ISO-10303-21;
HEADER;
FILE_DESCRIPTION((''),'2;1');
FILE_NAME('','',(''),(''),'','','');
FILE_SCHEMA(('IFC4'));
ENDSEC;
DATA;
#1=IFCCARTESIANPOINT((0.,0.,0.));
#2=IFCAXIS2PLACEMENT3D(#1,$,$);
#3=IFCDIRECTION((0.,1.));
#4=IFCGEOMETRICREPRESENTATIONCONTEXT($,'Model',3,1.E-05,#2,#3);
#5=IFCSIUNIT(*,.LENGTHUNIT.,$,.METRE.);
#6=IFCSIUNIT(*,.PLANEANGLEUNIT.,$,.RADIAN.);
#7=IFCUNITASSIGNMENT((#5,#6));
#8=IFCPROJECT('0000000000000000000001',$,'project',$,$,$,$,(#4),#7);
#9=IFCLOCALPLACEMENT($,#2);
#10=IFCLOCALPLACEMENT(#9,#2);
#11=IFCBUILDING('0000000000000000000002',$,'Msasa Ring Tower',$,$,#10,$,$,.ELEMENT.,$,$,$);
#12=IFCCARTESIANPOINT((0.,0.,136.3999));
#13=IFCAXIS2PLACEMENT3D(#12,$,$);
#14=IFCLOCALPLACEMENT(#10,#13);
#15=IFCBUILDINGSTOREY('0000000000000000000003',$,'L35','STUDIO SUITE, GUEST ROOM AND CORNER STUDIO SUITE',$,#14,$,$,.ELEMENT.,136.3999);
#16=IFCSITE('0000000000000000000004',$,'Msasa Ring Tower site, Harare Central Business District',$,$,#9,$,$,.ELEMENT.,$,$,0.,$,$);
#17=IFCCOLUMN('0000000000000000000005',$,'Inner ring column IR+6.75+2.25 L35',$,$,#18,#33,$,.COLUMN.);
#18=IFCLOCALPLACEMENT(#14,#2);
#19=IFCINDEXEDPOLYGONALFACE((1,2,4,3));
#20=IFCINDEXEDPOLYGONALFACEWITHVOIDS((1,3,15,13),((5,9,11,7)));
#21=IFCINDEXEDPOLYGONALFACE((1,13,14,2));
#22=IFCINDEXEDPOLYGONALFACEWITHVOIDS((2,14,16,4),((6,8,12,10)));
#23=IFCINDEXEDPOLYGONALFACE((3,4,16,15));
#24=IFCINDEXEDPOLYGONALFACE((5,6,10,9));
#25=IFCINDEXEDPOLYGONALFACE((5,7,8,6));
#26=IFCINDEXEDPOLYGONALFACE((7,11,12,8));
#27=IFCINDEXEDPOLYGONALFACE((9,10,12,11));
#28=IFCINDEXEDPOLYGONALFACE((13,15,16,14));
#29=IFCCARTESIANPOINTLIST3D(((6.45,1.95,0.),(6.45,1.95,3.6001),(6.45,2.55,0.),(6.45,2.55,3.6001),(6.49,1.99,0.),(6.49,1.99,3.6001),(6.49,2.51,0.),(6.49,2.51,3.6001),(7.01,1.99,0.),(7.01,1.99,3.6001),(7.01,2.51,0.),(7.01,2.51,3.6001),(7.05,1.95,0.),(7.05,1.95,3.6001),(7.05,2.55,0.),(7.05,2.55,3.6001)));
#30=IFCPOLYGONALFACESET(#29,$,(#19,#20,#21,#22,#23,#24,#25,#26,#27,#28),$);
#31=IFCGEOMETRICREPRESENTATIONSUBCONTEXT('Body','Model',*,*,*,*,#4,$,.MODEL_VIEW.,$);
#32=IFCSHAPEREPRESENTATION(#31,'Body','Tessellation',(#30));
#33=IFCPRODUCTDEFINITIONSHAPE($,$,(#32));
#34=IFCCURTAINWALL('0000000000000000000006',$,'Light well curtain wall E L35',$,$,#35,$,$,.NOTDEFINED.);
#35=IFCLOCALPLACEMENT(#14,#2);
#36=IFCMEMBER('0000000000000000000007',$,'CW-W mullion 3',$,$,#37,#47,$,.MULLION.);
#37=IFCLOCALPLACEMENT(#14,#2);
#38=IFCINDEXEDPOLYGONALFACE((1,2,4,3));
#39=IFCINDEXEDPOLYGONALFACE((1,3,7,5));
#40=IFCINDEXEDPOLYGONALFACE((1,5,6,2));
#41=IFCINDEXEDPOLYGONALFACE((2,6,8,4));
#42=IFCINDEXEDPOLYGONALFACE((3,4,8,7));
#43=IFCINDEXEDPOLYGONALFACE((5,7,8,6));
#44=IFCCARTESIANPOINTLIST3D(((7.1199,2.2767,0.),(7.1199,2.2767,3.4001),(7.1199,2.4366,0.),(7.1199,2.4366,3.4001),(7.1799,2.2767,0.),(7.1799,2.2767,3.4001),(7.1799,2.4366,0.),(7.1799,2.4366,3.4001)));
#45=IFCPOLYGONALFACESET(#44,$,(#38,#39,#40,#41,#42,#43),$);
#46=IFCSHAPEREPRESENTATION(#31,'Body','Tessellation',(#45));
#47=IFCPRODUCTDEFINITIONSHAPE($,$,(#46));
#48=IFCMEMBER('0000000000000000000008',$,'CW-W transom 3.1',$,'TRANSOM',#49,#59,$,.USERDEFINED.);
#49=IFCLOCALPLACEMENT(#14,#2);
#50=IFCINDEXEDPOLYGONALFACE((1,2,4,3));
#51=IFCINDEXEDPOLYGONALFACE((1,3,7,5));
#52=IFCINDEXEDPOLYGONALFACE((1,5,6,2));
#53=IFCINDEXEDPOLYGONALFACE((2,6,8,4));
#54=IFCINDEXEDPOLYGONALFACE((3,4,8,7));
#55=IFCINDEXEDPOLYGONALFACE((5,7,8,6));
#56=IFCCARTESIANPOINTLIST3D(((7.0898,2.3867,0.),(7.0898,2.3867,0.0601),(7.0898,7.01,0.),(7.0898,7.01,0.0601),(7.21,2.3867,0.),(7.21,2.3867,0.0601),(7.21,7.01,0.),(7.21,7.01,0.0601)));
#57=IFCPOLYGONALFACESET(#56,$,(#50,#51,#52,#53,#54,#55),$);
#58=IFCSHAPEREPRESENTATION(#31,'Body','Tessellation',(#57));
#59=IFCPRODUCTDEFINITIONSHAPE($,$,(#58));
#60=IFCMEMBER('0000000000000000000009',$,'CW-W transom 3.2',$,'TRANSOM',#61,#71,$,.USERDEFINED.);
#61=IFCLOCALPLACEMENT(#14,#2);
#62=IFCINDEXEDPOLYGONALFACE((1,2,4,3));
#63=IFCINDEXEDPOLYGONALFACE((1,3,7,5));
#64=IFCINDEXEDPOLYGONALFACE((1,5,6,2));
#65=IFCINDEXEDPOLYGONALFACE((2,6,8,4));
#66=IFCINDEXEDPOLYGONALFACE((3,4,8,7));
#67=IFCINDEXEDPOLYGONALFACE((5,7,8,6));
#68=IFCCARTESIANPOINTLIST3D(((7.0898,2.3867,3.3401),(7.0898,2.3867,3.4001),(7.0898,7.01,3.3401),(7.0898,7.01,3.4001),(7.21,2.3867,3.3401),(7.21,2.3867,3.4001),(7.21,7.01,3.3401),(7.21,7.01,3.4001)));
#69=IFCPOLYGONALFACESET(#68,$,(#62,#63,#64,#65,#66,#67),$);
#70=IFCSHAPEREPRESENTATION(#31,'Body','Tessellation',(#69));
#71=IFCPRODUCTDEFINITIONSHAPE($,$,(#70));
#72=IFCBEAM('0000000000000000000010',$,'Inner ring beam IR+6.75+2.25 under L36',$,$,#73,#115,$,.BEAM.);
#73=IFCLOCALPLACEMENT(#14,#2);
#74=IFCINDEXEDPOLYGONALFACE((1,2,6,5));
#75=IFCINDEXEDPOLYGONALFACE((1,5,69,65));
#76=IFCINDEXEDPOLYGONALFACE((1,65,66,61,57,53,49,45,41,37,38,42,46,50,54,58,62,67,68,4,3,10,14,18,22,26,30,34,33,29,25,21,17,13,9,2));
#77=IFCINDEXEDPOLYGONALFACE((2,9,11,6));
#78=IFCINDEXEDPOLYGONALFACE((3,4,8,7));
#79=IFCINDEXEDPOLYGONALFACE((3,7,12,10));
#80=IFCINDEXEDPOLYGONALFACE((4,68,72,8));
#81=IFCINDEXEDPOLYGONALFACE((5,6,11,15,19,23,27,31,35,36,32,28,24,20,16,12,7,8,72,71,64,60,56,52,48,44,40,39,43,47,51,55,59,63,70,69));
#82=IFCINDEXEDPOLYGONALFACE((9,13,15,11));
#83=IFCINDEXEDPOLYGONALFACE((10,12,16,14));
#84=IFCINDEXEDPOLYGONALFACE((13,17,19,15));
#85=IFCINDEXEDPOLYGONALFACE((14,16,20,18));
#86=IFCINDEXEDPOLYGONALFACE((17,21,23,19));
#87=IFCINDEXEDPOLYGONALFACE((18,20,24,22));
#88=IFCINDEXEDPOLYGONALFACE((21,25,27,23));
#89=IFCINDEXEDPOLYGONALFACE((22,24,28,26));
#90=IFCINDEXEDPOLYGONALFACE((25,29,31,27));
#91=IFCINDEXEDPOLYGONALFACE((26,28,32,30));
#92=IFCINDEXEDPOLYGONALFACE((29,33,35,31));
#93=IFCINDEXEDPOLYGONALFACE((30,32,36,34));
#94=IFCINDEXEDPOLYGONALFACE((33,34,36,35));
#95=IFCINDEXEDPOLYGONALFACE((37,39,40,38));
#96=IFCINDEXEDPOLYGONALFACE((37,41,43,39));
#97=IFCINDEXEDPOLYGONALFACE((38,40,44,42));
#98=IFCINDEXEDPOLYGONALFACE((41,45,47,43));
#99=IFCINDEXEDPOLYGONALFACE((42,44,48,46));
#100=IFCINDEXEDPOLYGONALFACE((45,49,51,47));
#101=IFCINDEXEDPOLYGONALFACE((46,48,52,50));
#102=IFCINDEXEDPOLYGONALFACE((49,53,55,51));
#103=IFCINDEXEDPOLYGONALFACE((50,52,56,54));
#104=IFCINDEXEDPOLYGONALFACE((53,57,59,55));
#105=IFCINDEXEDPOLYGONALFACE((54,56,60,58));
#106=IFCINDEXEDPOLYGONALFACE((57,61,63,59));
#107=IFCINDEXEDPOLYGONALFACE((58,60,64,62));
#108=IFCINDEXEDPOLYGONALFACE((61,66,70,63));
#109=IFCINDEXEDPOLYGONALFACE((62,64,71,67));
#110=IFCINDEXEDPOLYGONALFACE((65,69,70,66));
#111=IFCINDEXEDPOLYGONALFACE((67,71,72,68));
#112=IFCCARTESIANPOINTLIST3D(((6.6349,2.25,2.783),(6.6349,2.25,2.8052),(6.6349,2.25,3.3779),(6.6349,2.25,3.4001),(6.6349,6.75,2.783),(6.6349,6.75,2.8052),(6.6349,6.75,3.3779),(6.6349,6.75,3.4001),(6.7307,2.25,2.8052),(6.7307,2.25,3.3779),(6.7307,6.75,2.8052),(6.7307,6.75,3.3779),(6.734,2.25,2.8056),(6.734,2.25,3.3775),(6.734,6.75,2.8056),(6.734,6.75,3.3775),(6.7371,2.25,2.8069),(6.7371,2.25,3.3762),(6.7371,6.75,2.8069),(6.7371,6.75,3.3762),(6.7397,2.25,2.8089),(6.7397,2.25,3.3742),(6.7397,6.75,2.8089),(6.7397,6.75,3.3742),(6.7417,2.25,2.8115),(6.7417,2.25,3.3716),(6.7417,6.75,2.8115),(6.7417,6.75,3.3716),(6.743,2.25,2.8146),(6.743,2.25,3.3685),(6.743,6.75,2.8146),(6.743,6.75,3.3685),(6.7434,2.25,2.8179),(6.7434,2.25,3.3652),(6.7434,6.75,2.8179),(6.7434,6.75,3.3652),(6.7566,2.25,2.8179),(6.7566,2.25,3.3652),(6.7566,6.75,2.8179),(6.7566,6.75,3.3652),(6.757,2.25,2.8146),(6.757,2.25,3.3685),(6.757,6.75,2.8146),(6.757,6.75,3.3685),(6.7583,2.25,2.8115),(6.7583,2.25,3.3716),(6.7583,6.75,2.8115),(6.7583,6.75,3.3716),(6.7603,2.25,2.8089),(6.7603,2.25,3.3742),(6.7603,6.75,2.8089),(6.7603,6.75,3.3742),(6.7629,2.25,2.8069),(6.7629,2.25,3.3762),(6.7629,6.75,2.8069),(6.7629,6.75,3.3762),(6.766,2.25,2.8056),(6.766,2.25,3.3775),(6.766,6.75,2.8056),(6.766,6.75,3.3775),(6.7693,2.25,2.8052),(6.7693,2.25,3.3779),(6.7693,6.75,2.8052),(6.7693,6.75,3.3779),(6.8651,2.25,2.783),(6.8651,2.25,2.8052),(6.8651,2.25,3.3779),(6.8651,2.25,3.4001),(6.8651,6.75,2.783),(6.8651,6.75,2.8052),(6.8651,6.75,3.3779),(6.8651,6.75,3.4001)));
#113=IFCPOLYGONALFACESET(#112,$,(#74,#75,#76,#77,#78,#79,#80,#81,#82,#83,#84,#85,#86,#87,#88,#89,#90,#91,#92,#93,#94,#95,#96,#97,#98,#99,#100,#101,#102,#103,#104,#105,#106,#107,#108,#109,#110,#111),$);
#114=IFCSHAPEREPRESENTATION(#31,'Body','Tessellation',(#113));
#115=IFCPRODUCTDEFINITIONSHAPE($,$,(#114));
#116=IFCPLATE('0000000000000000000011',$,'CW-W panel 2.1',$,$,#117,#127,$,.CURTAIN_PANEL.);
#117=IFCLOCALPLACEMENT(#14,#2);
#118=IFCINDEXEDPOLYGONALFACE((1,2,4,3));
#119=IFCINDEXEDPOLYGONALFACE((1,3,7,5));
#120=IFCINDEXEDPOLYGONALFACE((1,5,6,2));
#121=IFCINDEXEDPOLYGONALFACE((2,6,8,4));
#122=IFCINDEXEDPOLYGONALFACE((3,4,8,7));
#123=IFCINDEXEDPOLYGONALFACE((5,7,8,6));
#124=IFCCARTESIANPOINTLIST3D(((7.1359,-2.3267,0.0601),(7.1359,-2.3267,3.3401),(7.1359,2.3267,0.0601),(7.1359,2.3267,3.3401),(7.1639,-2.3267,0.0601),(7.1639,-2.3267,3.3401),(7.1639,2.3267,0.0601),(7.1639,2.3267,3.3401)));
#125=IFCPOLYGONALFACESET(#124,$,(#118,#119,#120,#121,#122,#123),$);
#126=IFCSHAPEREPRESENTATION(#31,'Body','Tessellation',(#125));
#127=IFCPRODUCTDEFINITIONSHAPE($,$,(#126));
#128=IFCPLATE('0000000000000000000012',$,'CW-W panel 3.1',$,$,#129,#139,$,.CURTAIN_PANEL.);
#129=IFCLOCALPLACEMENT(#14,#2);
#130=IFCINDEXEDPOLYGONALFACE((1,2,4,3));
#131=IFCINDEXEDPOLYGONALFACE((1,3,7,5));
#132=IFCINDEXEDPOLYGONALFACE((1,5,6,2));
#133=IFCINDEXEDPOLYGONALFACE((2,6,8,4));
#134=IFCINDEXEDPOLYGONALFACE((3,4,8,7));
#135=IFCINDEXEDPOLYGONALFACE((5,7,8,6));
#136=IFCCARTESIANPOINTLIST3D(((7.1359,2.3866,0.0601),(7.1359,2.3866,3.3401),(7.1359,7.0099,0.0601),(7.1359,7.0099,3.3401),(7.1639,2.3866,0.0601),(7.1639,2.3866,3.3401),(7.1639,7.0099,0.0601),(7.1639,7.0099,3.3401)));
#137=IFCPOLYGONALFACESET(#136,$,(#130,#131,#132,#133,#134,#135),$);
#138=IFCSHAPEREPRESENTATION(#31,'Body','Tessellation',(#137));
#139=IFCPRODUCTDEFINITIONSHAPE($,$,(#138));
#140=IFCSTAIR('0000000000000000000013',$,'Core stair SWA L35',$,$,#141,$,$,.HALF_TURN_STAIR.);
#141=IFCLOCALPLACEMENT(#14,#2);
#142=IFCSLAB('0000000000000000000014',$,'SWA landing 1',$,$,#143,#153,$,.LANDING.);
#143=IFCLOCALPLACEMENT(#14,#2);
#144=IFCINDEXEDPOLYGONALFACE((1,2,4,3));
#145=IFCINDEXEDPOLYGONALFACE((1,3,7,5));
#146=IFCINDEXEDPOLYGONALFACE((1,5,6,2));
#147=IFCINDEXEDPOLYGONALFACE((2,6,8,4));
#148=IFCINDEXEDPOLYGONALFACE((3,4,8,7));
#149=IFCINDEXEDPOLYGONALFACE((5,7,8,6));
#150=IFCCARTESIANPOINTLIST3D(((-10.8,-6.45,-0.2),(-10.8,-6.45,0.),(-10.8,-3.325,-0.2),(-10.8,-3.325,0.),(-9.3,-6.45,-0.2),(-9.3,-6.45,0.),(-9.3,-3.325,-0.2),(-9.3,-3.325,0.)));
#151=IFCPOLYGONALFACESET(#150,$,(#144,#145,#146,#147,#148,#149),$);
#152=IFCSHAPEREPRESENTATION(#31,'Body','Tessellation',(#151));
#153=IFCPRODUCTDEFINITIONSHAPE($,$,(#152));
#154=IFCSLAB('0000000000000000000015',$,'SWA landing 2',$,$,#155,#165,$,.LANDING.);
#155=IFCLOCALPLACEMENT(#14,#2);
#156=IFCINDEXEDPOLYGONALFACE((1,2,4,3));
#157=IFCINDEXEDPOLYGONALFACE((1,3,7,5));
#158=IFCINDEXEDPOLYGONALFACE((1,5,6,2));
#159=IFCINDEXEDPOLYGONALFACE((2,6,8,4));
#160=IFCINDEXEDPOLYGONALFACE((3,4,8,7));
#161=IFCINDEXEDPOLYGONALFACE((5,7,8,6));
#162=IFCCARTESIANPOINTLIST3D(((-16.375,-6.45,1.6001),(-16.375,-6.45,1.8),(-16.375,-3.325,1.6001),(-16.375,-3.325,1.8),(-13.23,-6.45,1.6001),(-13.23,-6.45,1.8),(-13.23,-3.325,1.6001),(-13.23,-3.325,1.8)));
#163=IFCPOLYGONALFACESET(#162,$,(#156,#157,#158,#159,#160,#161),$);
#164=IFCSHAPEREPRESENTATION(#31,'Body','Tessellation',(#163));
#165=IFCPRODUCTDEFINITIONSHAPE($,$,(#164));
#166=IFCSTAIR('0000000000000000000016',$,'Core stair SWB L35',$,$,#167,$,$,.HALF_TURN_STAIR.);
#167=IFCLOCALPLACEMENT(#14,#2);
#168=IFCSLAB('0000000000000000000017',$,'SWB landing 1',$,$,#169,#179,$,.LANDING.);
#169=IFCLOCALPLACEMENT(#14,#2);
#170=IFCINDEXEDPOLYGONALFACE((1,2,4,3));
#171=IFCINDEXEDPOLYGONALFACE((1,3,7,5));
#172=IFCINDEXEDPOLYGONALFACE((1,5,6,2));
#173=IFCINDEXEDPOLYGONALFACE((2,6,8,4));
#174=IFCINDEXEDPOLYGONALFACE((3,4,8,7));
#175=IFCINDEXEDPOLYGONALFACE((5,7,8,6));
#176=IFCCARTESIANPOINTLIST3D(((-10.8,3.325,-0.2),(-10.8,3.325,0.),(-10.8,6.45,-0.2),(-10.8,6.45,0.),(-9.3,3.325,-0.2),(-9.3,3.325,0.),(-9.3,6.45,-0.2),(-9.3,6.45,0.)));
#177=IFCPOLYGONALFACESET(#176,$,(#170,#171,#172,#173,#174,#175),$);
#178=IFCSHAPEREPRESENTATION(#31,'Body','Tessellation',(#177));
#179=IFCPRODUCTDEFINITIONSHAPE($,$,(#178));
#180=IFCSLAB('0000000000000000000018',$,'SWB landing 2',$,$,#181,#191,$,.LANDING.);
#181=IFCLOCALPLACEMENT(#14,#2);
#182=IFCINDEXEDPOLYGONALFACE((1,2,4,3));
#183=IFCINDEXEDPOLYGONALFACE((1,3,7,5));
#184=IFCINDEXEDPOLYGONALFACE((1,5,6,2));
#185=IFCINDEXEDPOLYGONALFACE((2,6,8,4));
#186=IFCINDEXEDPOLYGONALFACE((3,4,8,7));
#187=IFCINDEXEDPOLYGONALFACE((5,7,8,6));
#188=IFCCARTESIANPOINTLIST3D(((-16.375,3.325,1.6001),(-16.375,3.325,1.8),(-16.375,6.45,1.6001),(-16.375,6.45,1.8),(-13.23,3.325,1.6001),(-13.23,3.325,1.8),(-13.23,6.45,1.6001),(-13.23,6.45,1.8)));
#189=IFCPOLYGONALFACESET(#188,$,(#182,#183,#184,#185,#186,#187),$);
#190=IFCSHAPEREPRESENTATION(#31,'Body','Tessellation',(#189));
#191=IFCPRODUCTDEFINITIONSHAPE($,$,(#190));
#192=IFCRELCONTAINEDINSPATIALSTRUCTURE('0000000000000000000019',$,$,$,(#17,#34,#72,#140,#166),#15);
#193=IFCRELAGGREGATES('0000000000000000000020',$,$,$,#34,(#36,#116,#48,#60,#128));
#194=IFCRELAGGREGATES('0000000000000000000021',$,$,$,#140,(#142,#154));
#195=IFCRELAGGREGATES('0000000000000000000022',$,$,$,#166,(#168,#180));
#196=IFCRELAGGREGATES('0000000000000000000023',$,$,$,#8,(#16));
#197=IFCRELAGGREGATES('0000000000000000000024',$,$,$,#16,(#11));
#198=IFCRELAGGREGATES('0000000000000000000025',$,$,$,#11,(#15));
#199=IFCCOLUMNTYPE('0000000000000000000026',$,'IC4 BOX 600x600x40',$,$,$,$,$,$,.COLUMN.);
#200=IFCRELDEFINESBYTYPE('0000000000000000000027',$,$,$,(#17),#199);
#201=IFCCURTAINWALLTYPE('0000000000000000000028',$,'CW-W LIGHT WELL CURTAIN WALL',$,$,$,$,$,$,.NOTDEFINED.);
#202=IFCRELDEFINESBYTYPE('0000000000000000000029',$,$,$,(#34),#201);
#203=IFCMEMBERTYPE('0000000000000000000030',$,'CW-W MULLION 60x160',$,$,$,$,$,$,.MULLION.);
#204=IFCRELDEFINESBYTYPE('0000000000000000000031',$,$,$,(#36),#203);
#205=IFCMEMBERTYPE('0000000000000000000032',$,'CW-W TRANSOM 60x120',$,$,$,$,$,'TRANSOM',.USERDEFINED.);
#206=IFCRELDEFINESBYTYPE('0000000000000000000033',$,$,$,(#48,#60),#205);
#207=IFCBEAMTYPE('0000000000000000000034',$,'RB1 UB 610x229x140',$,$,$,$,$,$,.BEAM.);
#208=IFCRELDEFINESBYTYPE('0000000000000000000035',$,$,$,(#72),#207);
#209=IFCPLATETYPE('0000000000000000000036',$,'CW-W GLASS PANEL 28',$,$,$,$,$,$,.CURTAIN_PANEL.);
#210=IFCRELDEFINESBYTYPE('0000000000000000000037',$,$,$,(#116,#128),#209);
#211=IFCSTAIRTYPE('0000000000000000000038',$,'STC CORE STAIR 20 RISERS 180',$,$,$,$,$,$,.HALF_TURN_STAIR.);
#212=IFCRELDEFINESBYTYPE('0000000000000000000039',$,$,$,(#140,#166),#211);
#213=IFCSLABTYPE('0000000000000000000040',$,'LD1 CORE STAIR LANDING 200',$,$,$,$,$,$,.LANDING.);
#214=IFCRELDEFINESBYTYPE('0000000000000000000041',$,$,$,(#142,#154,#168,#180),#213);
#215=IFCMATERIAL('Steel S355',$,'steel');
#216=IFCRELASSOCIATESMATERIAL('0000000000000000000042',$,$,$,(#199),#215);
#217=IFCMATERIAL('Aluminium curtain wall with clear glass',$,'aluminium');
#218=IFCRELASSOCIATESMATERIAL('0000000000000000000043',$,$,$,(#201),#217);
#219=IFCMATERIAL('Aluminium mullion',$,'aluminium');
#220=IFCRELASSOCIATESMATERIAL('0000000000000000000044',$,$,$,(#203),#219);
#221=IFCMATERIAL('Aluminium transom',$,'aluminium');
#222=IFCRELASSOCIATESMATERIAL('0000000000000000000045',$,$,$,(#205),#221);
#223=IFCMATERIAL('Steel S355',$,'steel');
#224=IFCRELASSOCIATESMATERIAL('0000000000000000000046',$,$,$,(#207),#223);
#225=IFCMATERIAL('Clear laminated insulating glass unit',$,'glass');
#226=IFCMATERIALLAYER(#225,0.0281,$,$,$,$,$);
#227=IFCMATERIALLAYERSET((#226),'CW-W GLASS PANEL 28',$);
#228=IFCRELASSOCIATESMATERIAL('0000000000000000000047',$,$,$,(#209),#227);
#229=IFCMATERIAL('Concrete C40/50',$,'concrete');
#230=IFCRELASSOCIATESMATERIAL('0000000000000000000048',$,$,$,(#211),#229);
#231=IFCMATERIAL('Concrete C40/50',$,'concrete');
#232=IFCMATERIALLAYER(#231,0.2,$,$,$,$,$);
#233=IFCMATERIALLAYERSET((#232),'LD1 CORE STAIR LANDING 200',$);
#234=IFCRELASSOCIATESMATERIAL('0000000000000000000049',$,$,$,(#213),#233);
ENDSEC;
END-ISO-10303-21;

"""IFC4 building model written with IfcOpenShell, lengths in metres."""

from ifc_helpers import new_model, si_unit, direction, frame, origin, origin_2d, place, context, subcontext, project, spatial, polyline, rectangle, hollow_rectangle, i_section, outline, extrude, material, layer, layer_set, material_profile, profile_set, type_object, element, aggregate, save


model = new_model("IFC4")

# Units and contexts
model_context = context("Model", 3, precision=1e-05, world=origin(), true_north=direction((0.0, 1.0)))
body_context = subcontext(model_context, "Body", "Model", "MODEL_VIEW")
ifc_project = project(units=[si_unit("LENGTHUNIT", "METRE"), si_unit("PLANEANGLEUNIT", "RADIAN")], contexts=[model_context])

# Site, building, storey
site_placement = place(None, origin())
site = spatial("IfcSite", under=ifc_project, at=site_placement, Name="Msasa Ring Tower site, Harare Central Business District", CompositionType="ELEMENT", RefElevation=0.0)
building_placement = place(site_placement, origin())
building = spatial("IfcBuilding", under=site, at=building_placement, Name="Msasa Ring Tower", CompositionType="ELEMENT")
storey_placement = place(building_placement, frame((0.0, 0.0, 136.3999)))
storey = spatial("IfcBuildingStorey", under=building, at=storey_placement, Name="L35", Description="STUDIO SUITE, GUEST ROOM AND CORNER STUDIO SUITE", CompositionType="ELEMENT", Elevation=136.3999)

# Column
ifc_material_1 = material(Name="Steel S355", Category="steel")
ifc_material_profile_1 = material_profile(ifc_material_1, hollow_rectangle(XDim=0.6001, YDim=0.6001, WallThickness=0.04, at=origin_2d()), Name="BOX 600x600x40")
ifc_profile_set_1 = profile_set([ifc_material_profile_1], Name="Steel S355")
column_type = type_object("IfcColumnType", Name="IC4 BOX 600x600x40", PredefinedType="COLUMN", material=ifc_profile_set_1)
column_placement = place(storey_placement, frame((6.75, 2.25, 0.0), z_axis=(0.0, 0.0, 1.0), x_axis=(1.0, 0.0, 0.0)))
element("IfcColumn", 1, at=column_placement, inside=storey, type_object=column_type, Name="Inner ring column IR+6.75+2.25 L35", PredefinedType="COLUMN", context=body_context, shape_type="SweptSolid", body=[
    extrude(hollow_rectangle(XDim=0.6001, YDim=0.6001, WallThickness=0.04, at=origin_2d()), origin(), (0.0, 0.0, 1.0), 3.6001),
])

# Curtain wall, members
ifc_material_2 = material(Name="Aluminium curtain wall with clear glass", Category="aluminium")
curtain_wall_type = type_object("IfcCurtainWallType", Name="CW-W LIGHT WELL CURTAIN WALL", PredefinedType="NOTDEFINED", material=ifc_material_2)
curtain_wall_placement = place(storey_placement, origin())
curtain_wall = element("IfcCurtainWall", 2, at=curtain_wall_placement, inside=storey, type_object=curtain_wall_type, Name="Light well curtain wall E L35", PredefinedType="NOTDEFINED")
ifc_material_3 = material(Name="Aluminium mullion", Category="aluminium")
ifc_material_profile_2 = material_profile(ifc_material_3, rectangle(XDim=0.0601, YDim=0.1599, at=origin_2d()), Name="AL 60x160")
ifc_profile_set_2 = profile_set([ifc_material_profile_2], Name="Aluminium mullion")
member_type_1 = type_object("IfcMemberType", Name="CW-W MULLION 60x160", PredefinedType="MULLION", material=ifc_profile_set_2)
member_1_placement = place(storey_placement, frame((7.1499, 2.3567, 0.0), z_axis=(0.0, 0.0, 1.0), x_axis=(-1.0, 0.0, 0.0)))
member_1 = element("IfcMember", 3, at=member_1_placement, type_object=member_type_1, Name="CW-W mullion 3", PredefinedType="MULLION", context=body_context, shape_type="SweptSolid", body=[
    extrude(rectangle(XDim=0.0601, YDim=0.1599, at=origin_2d()), origin(), (0.0, 0.0, 1.0), 3.4001),
])
ifc_material_4 = material(Name="Aluminium transom", Category="aluminium")
ifc_material_profile_3 = material_profile(ifc_material_4, rectangle(XDim=0.1201, YDim=0.0601, at=origin_2d()), Name="AL 60x120")
ifc_profile_set_3 = profile_set([ifc_material_profile_3], Name="Aluminium transom")
member_type_2 = type_object("IfcMemberType", Name="CW-W TRANSOM 60x120", ElementType="TRANSOM", PredefinedType="USERDEFINED", material=ifc_profile_set_3)
member_2_placement = place(storey_placement, frame((7.1499, 2.3867, 0.03), z_axis=(0.0, 1.0, 0.0), x_axis=(-1.0, 0.0, 0.0)))
member_2 = element("IfcMember", 4, at=member_2_placement, type_object=member_type_2, Name="CW-W transom 3.1", ObjectType="TRANSOM", PredefinedType="USERDEFINED", context=body_context, shape_type="SweptSolid", body=[
    extrude(rectangle(XDim=0.1201, YDim=0.0601, at=origin_2d()), origin(), (0.0, 0.0, 1.0), 4.6233),
])
member_3_placement = place(storey_placement, frame((7.1499, 2.3867, 3.3701), z_axis=(0.0, 1.0, 0.0), x_axis=(-1.0, 0.0, 0.0)))
member_3 = element("IfcMember", 5, at=member_3_placement, type_object=member_type_2, Name="CW-W transom 3.2", ObjectType="TRANSOM", PredefinedType="USERDEFINED", context=body_context, shape_type="SweptSolid", body=[
    extrude(rectangle(XDim=0.1201, YDim=0.0601, at=origin_2d()), origin(), (0.0, 0.0, 1.0), 4.6233),
])

# Beam
ifc_material_5 = material(Name="Steel S355", Category="steel")
ifc_material_profile_4 = material_profile(ifc_material_5, i_section(OverallWidth=0.2302, OverallDepth=0.6172, WebThickness=0.0132, FlangeThickness=0.0222, FilletRadius=0.0127, at=origin_2d()), Name="UB 610x229x140")
ifc_profile_set_4 = profile_set([ifc_material_profile_4], Name="Steel S355")
beam_type = type_object("IfcBeamType", Name="RB1 UB 610x229x140", PredefinedType="BEAM", material=ifc_profile_set_4)
beam_placement = place(storey_placement, frame((6.75, 2.25, 3.0916), z_axis=(0.0, 1.0, 0.0), x_axis=(-1.0, 0.0, 0.0)))
element("IfcBeam", 6, at=beam_placement, inside=storey, type_object=beam_type, Name="Inner ring beam IR+6.75+2.25 under L36", PredefinedType="BEAM", context=body_context, shape_type="SweptSolid", body=[
    extrude(i_section(OverallWidth=0.2302, OverallDepth=0.6172, WebThickness=0.0132, FlangeThickness=0.0222, FilletRadius=0.0127, at=origin_2d()), origin(), (0.0, 0.0, 1.0), 4.5),
])

# Plates
ifc_material_6 = material(Name="Clear laminated insulating glass unit", Category="glass")
ifc_layer_1 = layer(ifc_material_6, 0.0281)
ifc_layer_set_1 = layer_set([ifc_layer_1], Name="CW-W GLASS PANEL 28")
plate_type = type_object("IfcPlateType", Name="CW-W GLASS PANEL 28", PredefinedType="CURTAIN_PANEL", material=ifc_layer_set_1)
plate_1_placement = place(storey_placement, frame((7.1499, 0.0, 0.0601), z_axis=(0.0, 0.0, 1.0), x_axis=(0.0, 1.0, 0.0)))
plate_1 = element("IfcPlate", 7, at=plate_1_placement, type_object=plate_type, Name="CW-W panel 2.1", PredefinedType="CURTAIN_PANEL", context=body_context, shape_type="SweptSolid", body=[
    extrude(rectangle(XDim=4.6533, YDim=0.0281, at=origin_2d()), origin(), (0.0, 0.0, 1.0), 3.28),
])
plate_2_placement = place(storey_placement, frame((7.1499, 4.6982, 0.0601), z_axis=(0.0, 0.0, 1.0), x_axis=(0.0, 1.0, 0.0)))
plate_2 = element("IfcPlate", 8, at=plate_2_placement, type_object=plate_type, Name="CW-W panel 3.1", PredefinedType="CURTAIN_PANEL", context=body_context, shape_type="SweptSolid", body=[
    extrude(rectangle(XDim=4.6233, YDim=0.0281, at=origin_2d()), origin(), (0.0, 0.0, 1.0), 3.28),
])
aggregate(curtain_wall, [member_1, plate_1, member_2, member_3, plate_2])

# Stairs, slabs
ifc_material_7 = material(Name="Concrete C40/50", Category="concrete")
stair_type = type_object("IfcStairType", Name="STC CORE STAIR 20 RISERS 180", PredefinedType="HALF_TURN_STAIR", material=ifc_material_7)
stair_1_placement = place(storey_placement, origin())
stair_1 = element("IfcStair", 9, at=stair_1_placement, inside=storey, type_object=stair_type, Name="Core stair SWA L35", PredefinedType="HALF_TURN_STAIR")
ifc_material_8 = material(Name="Concrete C40/50", Category="concrete")
ifc_layer_2 = layer(ifc_material_8, 0.2)
ifc_layer_set_2 = layer_set([ifc_layer_2], Name="LD1 CORE STAIR LANDING 200")
slab_type = type_object("IfcSlabType", Name="LD1 CORE STAIR LANDING 200", PredefinedType="LANDING", material=ifc_layer_set_2)
slab_1_placement = place(storey_placement, frame((0.0, 0.0, -0.2)))
slab_1 = element("IfcSlab", 10, at=slab_1_placement, type_object=slab_type, Name="SWA landing 1", PredefinedType="LANDING", context=body_context, shape_type="SweptSolid", body=[
    extrude(outline(polyline([(-10.8, -6.45), (-9.3, -6.45), (-9.3, -3.325), (-10.8, -3.325), (-10.8, -6.45)])), origin(), (0.0, 0.0, 1.0), 0.2),
])
slab_2_placement = place(storey_placement, frame((0.0, 0.0, 1.6001)))
slab_2 = element("IfcSlab", 11, at=slab_2_placement, type_object=slab_type, Name="SWA landing 2", PredefinedType="LANDING", context=body_context, shape_type="SweptSolid", body=[
    extrude(outline(polyline([(-16.375, -6.45), (-13.23, -6.45), (-13.23, -3.325), (-16.375, -3.325), (-16.375, -6.45)])), origin(), (0.0, 0.0, 1.0), 0.2),
])
aggregate(stair_1, [slab_1, slab_2])
stair_2_placement = place(storey_placement, origin())
stair_2 = element("IfcStair", 12, at=stair_2_placement, inside=storey, type_object=stair_type, Name="Core stair SWB L35", PredefinedType="HALF_TURN_STAIR")
slab_3_placement = place(storey_placement, frame((0.0, 0.0, -0.2)))
slab_3 = element("IfcSlab", 13, at=slab_3_placement, type_object=slab_type, Name="SWB landing 1", PredefinedType="LANDING", context=body_context, shape_type="SweptSolid", body=[
    extrude(outline(polyline([(-10.8, 3.325), (-9.3, 3.325), (-9.3, 6.45), (-10.8, 6.45), (-10.8, 3.325)])), origin(), (0.0, 0.0, 1.0), 0.2),
])
slab_4_placement = place(storey_placement, frame((0.0, 0.0, 1.6001)))
slab_4 = element("IfcSlab", 14, at=slab_4_placement, type_object=slab_type, Name="SWB landing 2", PredefinedType="LANDING", context=body_context, shape_type="SweptSolid", body=[
    extrude(outline(polyline([(-16.375, 3.325), (-13.23, 3.325), (-13.23, 6.45), (-16.375, 6.45), (-16.375, 3.325)])), origin(), (0.0, 0.0, 1.0), 0.2),
])
aggregate(stair_2, [slab_3, slab_4])

save(model, "model.ifc")
